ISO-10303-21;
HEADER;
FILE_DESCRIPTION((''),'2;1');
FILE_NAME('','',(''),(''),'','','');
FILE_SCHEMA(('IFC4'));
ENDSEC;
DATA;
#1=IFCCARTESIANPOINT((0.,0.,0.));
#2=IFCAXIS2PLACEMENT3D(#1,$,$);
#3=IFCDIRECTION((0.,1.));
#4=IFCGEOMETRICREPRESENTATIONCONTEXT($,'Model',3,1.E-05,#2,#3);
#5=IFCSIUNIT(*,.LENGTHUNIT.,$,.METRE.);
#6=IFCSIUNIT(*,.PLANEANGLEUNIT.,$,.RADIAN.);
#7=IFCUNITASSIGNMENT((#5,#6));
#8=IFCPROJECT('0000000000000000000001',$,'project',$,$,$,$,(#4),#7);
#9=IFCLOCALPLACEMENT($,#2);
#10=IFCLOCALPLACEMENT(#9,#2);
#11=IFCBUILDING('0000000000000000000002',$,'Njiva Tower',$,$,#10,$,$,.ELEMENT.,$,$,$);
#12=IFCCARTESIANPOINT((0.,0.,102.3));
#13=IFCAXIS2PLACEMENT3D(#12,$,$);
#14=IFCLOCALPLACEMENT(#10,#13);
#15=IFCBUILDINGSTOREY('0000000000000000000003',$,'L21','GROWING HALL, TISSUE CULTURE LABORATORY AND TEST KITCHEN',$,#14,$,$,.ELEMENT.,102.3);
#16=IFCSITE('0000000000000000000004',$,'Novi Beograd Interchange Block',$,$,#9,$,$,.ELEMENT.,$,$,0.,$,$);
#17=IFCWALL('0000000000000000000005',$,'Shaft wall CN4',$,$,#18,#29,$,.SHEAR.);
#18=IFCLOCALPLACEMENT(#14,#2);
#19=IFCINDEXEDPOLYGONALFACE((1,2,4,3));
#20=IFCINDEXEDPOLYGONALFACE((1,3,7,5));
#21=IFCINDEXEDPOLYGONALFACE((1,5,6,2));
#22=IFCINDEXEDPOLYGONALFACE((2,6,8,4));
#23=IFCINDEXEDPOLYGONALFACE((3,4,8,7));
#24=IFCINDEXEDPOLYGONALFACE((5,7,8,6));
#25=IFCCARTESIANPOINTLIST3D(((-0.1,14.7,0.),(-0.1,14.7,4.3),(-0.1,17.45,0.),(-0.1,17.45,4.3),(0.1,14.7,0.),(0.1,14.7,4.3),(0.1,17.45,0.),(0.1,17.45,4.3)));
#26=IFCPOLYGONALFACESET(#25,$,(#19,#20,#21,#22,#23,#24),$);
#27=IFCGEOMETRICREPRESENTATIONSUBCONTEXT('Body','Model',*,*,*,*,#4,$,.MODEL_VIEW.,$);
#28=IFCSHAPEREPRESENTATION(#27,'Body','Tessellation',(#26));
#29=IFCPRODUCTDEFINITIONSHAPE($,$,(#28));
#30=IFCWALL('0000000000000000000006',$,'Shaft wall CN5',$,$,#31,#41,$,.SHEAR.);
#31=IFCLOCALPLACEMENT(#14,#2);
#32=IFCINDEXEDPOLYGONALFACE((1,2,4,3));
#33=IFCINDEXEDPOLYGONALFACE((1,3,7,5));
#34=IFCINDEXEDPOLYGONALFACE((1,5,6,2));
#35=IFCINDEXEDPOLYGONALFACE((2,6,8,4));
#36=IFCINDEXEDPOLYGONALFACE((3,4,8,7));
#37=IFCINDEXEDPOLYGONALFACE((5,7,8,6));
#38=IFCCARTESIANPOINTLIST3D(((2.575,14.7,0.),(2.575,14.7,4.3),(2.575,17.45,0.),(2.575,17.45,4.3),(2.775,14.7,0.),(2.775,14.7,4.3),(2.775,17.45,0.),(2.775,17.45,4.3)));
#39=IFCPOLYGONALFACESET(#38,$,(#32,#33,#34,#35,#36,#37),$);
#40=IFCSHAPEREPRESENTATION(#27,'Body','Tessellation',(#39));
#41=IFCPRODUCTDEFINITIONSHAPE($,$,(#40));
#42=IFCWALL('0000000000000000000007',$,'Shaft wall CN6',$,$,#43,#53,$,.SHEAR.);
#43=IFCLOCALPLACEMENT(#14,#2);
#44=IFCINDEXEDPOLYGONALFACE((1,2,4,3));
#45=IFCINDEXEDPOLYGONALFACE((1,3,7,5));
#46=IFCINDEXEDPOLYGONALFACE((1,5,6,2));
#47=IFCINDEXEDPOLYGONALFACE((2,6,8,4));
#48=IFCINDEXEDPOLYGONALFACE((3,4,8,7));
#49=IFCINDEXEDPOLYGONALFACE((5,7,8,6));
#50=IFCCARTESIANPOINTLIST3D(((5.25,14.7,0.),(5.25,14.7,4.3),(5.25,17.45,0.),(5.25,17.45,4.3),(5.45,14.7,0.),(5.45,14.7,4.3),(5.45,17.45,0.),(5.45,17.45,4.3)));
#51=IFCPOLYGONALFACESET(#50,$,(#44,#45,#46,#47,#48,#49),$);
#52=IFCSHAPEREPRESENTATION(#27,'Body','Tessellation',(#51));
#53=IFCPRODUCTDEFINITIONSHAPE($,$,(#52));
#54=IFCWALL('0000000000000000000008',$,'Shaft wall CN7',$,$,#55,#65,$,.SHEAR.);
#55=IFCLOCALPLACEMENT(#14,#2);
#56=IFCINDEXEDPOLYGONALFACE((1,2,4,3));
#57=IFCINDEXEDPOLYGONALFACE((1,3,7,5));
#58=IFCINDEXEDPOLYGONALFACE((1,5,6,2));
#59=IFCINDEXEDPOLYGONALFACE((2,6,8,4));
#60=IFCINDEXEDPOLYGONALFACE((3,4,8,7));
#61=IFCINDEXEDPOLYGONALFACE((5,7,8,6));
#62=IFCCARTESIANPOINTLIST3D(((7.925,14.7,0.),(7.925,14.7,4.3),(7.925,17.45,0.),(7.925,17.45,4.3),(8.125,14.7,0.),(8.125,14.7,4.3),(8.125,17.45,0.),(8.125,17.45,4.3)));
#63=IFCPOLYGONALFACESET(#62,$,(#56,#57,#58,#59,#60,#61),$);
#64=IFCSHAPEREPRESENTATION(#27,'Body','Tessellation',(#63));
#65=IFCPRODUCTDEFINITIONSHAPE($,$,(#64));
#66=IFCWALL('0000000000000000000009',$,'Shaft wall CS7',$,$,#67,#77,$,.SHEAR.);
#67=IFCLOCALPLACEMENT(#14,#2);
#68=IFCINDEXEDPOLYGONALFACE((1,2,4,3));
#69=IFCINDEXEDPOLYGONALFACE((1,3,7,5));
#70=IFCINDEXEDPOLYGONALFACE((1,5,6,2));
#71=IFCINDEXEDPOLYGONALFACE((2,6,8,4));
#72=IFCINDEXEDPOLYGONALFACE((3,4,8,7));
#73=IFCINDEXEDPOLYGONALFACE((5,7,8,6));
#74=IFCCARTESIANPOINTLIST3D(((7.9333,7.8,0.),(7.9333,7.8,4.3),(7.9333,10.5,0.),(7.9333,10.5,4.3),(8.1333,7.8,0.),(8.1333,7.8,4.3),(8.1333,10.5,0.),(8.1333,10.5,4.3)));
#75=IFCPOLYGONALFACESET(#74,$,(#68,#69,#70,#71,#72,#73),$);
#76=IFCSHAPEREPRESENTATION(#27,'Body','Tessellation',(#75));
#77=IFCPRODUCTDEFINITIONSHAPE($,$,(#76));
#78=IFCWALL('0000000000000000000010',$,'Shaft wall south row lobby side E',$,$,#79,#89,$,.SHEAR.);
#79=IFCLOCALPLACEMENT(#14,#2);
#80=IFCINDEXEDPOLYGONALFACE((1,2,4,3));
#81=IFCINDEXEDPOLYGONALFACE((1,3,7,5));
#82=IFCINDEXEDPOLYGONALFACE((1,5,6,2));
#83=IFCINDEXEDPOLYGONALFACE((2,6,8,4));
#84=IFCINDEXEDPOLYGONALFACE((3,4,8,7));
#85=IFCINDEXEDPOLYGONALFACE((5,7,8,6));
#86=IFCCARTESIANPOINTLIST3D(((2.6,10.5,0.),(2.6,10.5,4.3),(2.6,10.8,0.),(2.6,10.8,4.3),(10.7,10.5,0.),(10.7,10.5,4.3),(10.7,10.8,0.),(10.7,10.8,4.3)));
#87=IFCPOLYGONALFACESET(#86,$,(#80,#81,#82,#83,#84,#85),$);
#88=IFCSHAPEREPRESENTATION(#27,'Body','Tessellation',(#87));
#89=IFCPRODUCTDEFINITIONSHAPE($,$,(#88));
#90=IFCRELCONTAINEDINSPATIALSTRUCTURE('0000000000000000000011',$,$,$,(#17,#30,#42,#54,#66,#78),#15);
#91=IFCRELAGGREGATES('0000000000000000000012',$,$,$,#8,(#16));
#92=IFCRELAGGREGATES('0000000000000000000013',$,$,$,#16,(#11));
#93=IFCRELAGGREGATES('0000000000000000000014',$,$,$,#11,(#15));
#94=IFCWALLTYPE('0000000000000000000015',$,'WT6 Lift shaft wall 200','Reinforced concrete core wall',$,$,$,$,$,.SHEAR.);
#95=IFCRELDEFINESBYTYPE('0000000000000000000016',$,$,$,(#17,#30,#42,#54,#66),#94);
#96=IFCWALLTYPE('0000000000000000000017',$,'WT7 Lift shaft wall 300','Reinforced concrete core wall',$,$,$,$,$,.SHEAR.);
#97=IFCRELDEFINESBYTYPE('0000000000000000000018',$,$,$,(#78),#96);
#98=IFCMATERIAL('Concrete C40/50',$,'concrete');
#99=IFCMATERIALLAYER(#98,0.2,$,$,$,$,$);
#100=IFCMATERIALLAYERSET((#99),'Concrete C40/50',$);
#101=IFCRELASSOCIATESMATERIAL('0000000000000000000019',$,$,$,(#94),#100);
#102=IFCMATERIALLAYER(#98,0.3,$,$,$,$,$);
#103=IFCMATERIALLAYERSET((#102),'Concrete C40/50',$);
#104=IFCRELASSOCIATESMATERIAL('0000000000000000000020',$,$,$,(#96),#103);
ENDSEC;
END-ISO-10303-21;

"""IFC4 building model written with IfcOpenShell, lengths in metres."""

from ifc_helpers import new_model, si_unit, direction, frame, frame_2d, origin, place, context, subcontext, project, spatial, rectangle, extrude, material, layer, layer_set, type_object, element, save


model = new_model("IFC4")

# Units and contexts
model_context = context("Model", 3, precision=1e-05, world=origin(), true_north=direction((0.0, 1.0)))
body_context = subcontext(model_context, "Body", "Model", "MODEL_VIEW")
ifc_project = project(units=[si_unit("LENGTHUNIT", "METRE"), si_unit("PLANEANGLEUNIT", "RADIAN")], contexts=[model_context])

# Site, building, storey
site_placement = place(None, origin())
site = spatial("IfcSite", under=ifc_project, at=site_placement, Name="Novi Beograd Interchange Block", CompositionType="ELEMENT", RefElevation=0.0)
building_placement = place(site_placement, origin())
building = spatial("IfcBuilding", under=site, at=building_placement, Name="Njiva Tower", CompositionType="ELEMENT")
storey_placement = place(building_placement, frame((0.0, 0.0, 102.3)))
storey = spatial("IfcBuildingStorey", under=building, at=storey_placement, Name="L21", Description="GROWING HALL, TISSUE CULTURE LABORATORY AND TEST KITCHEN", CompositionType="ELEMENT", Elevation=102.3)

# Shared definitions
ifc_material_1 = material(Name="Concrete C40/50", Category="concrete")

# Walls
ifc_layer_1 = layer(ifc_material_1, 0.2)
ifc_layer_set_1 = layer_set([ifc_layer_1], Name="Concrete C40/50")
wall_type_1 = type_object("IfcWallType", Name="WT6 Lift shaft wall 200", Description="Reinforced concrete core wall", PredefinedType="SHEAR", material=ifc_layer_set_1)
for number, where, z_axis, x_axis, name in (
    (1, (0.0, 14.7, 0.0), (0.0, 0.0, 1.0), (0.0, 1.0, 0.0), "Shaft wall CN4"),
    (2, (2.675, 14.7, 0.0), (0.0, 0.0, 1.0), (0.0, 1.0, 0.0), "Shaft wall CN5"),
    (3, (5.35, 14.7, 0.0), (0.0, 0.0, 1.0), (0.0, 1.0, 0.0), "Shaft wall CN6"),
    (4, (8.025, 14.7, 0.0), (0.0, 0.0, 1.0), (0.0, 1.0, 0.0), "Shaft wall CN7"),
):
    element("IfcWall", number, at=place(storey_placement, frame(where, z_axis=z_axis, x_axis=x_axis)), inside=storey, type_object=wall_type_1, Name=name, PredefinedType="SHEAR", context=body_context, shape_type="SweptSolid", body=[
        extrude(rectangle(XDim=2.75, YDim=0.2, at=frame_2d((1.375, 0.0))), origin(), (0.0, 0.0, 1.0), 4.3),
    ])
wall_1_placement = place(storey_placement, frame((8.0333, 7.8, 0.0), z_axis=(0.0, 0.0, 1.0), x_axis=(0.0, 1.0, 0.0)))
element("IfcWall", 5, at=wall_1_placement, inside=storey, type_object=wall_type_1, Name="Shaft wall CS7", PredefinedType="SHEAR", context=body_context, shape_type="SweptSolid", body=[
    extrude(rectangle(XDim=2.7, YDim=0.2, at=frame_2d((1.35, 0.0))), origin(), (0.0, 0.0, 1.0), 4.3),
])
ifc_layer_2 = layer(ifc_material_1, 0.3)
ifc_layer_set_2 = layer_set([ifc_layer_2], Name="Concrete C40/50")
wall_type_2 = type_object("IfcWallType", Name="WT7 Lift shaft wall 300", Description="Reinforced concrete core wall", PredefinedType="SHEAR", material=ifc_layer_set_2)
wall_2_placement = place(storey_placement, frame((2.6, 10.65, 0.0), z_axis=(0.0, 0.0, 1.0), x_axis=(1.0, 0.0, 0.0)))
element("IfcWall", 6, at=wall_2_placement, inside=storey, type_object=wall_type_2, Name="Shaft wall south row lobby side E", PredefinedType="SHEAR", context=body_context, shape_type="SweptSolid", body=[
    extrude(rectangle(XDim=8.1, YDim=0.3, at=frame_2d((4.05, 0.0))), origin(), (0.0, 0.0, 1.0), 4.3),
])

save(model, "model.ifc")
